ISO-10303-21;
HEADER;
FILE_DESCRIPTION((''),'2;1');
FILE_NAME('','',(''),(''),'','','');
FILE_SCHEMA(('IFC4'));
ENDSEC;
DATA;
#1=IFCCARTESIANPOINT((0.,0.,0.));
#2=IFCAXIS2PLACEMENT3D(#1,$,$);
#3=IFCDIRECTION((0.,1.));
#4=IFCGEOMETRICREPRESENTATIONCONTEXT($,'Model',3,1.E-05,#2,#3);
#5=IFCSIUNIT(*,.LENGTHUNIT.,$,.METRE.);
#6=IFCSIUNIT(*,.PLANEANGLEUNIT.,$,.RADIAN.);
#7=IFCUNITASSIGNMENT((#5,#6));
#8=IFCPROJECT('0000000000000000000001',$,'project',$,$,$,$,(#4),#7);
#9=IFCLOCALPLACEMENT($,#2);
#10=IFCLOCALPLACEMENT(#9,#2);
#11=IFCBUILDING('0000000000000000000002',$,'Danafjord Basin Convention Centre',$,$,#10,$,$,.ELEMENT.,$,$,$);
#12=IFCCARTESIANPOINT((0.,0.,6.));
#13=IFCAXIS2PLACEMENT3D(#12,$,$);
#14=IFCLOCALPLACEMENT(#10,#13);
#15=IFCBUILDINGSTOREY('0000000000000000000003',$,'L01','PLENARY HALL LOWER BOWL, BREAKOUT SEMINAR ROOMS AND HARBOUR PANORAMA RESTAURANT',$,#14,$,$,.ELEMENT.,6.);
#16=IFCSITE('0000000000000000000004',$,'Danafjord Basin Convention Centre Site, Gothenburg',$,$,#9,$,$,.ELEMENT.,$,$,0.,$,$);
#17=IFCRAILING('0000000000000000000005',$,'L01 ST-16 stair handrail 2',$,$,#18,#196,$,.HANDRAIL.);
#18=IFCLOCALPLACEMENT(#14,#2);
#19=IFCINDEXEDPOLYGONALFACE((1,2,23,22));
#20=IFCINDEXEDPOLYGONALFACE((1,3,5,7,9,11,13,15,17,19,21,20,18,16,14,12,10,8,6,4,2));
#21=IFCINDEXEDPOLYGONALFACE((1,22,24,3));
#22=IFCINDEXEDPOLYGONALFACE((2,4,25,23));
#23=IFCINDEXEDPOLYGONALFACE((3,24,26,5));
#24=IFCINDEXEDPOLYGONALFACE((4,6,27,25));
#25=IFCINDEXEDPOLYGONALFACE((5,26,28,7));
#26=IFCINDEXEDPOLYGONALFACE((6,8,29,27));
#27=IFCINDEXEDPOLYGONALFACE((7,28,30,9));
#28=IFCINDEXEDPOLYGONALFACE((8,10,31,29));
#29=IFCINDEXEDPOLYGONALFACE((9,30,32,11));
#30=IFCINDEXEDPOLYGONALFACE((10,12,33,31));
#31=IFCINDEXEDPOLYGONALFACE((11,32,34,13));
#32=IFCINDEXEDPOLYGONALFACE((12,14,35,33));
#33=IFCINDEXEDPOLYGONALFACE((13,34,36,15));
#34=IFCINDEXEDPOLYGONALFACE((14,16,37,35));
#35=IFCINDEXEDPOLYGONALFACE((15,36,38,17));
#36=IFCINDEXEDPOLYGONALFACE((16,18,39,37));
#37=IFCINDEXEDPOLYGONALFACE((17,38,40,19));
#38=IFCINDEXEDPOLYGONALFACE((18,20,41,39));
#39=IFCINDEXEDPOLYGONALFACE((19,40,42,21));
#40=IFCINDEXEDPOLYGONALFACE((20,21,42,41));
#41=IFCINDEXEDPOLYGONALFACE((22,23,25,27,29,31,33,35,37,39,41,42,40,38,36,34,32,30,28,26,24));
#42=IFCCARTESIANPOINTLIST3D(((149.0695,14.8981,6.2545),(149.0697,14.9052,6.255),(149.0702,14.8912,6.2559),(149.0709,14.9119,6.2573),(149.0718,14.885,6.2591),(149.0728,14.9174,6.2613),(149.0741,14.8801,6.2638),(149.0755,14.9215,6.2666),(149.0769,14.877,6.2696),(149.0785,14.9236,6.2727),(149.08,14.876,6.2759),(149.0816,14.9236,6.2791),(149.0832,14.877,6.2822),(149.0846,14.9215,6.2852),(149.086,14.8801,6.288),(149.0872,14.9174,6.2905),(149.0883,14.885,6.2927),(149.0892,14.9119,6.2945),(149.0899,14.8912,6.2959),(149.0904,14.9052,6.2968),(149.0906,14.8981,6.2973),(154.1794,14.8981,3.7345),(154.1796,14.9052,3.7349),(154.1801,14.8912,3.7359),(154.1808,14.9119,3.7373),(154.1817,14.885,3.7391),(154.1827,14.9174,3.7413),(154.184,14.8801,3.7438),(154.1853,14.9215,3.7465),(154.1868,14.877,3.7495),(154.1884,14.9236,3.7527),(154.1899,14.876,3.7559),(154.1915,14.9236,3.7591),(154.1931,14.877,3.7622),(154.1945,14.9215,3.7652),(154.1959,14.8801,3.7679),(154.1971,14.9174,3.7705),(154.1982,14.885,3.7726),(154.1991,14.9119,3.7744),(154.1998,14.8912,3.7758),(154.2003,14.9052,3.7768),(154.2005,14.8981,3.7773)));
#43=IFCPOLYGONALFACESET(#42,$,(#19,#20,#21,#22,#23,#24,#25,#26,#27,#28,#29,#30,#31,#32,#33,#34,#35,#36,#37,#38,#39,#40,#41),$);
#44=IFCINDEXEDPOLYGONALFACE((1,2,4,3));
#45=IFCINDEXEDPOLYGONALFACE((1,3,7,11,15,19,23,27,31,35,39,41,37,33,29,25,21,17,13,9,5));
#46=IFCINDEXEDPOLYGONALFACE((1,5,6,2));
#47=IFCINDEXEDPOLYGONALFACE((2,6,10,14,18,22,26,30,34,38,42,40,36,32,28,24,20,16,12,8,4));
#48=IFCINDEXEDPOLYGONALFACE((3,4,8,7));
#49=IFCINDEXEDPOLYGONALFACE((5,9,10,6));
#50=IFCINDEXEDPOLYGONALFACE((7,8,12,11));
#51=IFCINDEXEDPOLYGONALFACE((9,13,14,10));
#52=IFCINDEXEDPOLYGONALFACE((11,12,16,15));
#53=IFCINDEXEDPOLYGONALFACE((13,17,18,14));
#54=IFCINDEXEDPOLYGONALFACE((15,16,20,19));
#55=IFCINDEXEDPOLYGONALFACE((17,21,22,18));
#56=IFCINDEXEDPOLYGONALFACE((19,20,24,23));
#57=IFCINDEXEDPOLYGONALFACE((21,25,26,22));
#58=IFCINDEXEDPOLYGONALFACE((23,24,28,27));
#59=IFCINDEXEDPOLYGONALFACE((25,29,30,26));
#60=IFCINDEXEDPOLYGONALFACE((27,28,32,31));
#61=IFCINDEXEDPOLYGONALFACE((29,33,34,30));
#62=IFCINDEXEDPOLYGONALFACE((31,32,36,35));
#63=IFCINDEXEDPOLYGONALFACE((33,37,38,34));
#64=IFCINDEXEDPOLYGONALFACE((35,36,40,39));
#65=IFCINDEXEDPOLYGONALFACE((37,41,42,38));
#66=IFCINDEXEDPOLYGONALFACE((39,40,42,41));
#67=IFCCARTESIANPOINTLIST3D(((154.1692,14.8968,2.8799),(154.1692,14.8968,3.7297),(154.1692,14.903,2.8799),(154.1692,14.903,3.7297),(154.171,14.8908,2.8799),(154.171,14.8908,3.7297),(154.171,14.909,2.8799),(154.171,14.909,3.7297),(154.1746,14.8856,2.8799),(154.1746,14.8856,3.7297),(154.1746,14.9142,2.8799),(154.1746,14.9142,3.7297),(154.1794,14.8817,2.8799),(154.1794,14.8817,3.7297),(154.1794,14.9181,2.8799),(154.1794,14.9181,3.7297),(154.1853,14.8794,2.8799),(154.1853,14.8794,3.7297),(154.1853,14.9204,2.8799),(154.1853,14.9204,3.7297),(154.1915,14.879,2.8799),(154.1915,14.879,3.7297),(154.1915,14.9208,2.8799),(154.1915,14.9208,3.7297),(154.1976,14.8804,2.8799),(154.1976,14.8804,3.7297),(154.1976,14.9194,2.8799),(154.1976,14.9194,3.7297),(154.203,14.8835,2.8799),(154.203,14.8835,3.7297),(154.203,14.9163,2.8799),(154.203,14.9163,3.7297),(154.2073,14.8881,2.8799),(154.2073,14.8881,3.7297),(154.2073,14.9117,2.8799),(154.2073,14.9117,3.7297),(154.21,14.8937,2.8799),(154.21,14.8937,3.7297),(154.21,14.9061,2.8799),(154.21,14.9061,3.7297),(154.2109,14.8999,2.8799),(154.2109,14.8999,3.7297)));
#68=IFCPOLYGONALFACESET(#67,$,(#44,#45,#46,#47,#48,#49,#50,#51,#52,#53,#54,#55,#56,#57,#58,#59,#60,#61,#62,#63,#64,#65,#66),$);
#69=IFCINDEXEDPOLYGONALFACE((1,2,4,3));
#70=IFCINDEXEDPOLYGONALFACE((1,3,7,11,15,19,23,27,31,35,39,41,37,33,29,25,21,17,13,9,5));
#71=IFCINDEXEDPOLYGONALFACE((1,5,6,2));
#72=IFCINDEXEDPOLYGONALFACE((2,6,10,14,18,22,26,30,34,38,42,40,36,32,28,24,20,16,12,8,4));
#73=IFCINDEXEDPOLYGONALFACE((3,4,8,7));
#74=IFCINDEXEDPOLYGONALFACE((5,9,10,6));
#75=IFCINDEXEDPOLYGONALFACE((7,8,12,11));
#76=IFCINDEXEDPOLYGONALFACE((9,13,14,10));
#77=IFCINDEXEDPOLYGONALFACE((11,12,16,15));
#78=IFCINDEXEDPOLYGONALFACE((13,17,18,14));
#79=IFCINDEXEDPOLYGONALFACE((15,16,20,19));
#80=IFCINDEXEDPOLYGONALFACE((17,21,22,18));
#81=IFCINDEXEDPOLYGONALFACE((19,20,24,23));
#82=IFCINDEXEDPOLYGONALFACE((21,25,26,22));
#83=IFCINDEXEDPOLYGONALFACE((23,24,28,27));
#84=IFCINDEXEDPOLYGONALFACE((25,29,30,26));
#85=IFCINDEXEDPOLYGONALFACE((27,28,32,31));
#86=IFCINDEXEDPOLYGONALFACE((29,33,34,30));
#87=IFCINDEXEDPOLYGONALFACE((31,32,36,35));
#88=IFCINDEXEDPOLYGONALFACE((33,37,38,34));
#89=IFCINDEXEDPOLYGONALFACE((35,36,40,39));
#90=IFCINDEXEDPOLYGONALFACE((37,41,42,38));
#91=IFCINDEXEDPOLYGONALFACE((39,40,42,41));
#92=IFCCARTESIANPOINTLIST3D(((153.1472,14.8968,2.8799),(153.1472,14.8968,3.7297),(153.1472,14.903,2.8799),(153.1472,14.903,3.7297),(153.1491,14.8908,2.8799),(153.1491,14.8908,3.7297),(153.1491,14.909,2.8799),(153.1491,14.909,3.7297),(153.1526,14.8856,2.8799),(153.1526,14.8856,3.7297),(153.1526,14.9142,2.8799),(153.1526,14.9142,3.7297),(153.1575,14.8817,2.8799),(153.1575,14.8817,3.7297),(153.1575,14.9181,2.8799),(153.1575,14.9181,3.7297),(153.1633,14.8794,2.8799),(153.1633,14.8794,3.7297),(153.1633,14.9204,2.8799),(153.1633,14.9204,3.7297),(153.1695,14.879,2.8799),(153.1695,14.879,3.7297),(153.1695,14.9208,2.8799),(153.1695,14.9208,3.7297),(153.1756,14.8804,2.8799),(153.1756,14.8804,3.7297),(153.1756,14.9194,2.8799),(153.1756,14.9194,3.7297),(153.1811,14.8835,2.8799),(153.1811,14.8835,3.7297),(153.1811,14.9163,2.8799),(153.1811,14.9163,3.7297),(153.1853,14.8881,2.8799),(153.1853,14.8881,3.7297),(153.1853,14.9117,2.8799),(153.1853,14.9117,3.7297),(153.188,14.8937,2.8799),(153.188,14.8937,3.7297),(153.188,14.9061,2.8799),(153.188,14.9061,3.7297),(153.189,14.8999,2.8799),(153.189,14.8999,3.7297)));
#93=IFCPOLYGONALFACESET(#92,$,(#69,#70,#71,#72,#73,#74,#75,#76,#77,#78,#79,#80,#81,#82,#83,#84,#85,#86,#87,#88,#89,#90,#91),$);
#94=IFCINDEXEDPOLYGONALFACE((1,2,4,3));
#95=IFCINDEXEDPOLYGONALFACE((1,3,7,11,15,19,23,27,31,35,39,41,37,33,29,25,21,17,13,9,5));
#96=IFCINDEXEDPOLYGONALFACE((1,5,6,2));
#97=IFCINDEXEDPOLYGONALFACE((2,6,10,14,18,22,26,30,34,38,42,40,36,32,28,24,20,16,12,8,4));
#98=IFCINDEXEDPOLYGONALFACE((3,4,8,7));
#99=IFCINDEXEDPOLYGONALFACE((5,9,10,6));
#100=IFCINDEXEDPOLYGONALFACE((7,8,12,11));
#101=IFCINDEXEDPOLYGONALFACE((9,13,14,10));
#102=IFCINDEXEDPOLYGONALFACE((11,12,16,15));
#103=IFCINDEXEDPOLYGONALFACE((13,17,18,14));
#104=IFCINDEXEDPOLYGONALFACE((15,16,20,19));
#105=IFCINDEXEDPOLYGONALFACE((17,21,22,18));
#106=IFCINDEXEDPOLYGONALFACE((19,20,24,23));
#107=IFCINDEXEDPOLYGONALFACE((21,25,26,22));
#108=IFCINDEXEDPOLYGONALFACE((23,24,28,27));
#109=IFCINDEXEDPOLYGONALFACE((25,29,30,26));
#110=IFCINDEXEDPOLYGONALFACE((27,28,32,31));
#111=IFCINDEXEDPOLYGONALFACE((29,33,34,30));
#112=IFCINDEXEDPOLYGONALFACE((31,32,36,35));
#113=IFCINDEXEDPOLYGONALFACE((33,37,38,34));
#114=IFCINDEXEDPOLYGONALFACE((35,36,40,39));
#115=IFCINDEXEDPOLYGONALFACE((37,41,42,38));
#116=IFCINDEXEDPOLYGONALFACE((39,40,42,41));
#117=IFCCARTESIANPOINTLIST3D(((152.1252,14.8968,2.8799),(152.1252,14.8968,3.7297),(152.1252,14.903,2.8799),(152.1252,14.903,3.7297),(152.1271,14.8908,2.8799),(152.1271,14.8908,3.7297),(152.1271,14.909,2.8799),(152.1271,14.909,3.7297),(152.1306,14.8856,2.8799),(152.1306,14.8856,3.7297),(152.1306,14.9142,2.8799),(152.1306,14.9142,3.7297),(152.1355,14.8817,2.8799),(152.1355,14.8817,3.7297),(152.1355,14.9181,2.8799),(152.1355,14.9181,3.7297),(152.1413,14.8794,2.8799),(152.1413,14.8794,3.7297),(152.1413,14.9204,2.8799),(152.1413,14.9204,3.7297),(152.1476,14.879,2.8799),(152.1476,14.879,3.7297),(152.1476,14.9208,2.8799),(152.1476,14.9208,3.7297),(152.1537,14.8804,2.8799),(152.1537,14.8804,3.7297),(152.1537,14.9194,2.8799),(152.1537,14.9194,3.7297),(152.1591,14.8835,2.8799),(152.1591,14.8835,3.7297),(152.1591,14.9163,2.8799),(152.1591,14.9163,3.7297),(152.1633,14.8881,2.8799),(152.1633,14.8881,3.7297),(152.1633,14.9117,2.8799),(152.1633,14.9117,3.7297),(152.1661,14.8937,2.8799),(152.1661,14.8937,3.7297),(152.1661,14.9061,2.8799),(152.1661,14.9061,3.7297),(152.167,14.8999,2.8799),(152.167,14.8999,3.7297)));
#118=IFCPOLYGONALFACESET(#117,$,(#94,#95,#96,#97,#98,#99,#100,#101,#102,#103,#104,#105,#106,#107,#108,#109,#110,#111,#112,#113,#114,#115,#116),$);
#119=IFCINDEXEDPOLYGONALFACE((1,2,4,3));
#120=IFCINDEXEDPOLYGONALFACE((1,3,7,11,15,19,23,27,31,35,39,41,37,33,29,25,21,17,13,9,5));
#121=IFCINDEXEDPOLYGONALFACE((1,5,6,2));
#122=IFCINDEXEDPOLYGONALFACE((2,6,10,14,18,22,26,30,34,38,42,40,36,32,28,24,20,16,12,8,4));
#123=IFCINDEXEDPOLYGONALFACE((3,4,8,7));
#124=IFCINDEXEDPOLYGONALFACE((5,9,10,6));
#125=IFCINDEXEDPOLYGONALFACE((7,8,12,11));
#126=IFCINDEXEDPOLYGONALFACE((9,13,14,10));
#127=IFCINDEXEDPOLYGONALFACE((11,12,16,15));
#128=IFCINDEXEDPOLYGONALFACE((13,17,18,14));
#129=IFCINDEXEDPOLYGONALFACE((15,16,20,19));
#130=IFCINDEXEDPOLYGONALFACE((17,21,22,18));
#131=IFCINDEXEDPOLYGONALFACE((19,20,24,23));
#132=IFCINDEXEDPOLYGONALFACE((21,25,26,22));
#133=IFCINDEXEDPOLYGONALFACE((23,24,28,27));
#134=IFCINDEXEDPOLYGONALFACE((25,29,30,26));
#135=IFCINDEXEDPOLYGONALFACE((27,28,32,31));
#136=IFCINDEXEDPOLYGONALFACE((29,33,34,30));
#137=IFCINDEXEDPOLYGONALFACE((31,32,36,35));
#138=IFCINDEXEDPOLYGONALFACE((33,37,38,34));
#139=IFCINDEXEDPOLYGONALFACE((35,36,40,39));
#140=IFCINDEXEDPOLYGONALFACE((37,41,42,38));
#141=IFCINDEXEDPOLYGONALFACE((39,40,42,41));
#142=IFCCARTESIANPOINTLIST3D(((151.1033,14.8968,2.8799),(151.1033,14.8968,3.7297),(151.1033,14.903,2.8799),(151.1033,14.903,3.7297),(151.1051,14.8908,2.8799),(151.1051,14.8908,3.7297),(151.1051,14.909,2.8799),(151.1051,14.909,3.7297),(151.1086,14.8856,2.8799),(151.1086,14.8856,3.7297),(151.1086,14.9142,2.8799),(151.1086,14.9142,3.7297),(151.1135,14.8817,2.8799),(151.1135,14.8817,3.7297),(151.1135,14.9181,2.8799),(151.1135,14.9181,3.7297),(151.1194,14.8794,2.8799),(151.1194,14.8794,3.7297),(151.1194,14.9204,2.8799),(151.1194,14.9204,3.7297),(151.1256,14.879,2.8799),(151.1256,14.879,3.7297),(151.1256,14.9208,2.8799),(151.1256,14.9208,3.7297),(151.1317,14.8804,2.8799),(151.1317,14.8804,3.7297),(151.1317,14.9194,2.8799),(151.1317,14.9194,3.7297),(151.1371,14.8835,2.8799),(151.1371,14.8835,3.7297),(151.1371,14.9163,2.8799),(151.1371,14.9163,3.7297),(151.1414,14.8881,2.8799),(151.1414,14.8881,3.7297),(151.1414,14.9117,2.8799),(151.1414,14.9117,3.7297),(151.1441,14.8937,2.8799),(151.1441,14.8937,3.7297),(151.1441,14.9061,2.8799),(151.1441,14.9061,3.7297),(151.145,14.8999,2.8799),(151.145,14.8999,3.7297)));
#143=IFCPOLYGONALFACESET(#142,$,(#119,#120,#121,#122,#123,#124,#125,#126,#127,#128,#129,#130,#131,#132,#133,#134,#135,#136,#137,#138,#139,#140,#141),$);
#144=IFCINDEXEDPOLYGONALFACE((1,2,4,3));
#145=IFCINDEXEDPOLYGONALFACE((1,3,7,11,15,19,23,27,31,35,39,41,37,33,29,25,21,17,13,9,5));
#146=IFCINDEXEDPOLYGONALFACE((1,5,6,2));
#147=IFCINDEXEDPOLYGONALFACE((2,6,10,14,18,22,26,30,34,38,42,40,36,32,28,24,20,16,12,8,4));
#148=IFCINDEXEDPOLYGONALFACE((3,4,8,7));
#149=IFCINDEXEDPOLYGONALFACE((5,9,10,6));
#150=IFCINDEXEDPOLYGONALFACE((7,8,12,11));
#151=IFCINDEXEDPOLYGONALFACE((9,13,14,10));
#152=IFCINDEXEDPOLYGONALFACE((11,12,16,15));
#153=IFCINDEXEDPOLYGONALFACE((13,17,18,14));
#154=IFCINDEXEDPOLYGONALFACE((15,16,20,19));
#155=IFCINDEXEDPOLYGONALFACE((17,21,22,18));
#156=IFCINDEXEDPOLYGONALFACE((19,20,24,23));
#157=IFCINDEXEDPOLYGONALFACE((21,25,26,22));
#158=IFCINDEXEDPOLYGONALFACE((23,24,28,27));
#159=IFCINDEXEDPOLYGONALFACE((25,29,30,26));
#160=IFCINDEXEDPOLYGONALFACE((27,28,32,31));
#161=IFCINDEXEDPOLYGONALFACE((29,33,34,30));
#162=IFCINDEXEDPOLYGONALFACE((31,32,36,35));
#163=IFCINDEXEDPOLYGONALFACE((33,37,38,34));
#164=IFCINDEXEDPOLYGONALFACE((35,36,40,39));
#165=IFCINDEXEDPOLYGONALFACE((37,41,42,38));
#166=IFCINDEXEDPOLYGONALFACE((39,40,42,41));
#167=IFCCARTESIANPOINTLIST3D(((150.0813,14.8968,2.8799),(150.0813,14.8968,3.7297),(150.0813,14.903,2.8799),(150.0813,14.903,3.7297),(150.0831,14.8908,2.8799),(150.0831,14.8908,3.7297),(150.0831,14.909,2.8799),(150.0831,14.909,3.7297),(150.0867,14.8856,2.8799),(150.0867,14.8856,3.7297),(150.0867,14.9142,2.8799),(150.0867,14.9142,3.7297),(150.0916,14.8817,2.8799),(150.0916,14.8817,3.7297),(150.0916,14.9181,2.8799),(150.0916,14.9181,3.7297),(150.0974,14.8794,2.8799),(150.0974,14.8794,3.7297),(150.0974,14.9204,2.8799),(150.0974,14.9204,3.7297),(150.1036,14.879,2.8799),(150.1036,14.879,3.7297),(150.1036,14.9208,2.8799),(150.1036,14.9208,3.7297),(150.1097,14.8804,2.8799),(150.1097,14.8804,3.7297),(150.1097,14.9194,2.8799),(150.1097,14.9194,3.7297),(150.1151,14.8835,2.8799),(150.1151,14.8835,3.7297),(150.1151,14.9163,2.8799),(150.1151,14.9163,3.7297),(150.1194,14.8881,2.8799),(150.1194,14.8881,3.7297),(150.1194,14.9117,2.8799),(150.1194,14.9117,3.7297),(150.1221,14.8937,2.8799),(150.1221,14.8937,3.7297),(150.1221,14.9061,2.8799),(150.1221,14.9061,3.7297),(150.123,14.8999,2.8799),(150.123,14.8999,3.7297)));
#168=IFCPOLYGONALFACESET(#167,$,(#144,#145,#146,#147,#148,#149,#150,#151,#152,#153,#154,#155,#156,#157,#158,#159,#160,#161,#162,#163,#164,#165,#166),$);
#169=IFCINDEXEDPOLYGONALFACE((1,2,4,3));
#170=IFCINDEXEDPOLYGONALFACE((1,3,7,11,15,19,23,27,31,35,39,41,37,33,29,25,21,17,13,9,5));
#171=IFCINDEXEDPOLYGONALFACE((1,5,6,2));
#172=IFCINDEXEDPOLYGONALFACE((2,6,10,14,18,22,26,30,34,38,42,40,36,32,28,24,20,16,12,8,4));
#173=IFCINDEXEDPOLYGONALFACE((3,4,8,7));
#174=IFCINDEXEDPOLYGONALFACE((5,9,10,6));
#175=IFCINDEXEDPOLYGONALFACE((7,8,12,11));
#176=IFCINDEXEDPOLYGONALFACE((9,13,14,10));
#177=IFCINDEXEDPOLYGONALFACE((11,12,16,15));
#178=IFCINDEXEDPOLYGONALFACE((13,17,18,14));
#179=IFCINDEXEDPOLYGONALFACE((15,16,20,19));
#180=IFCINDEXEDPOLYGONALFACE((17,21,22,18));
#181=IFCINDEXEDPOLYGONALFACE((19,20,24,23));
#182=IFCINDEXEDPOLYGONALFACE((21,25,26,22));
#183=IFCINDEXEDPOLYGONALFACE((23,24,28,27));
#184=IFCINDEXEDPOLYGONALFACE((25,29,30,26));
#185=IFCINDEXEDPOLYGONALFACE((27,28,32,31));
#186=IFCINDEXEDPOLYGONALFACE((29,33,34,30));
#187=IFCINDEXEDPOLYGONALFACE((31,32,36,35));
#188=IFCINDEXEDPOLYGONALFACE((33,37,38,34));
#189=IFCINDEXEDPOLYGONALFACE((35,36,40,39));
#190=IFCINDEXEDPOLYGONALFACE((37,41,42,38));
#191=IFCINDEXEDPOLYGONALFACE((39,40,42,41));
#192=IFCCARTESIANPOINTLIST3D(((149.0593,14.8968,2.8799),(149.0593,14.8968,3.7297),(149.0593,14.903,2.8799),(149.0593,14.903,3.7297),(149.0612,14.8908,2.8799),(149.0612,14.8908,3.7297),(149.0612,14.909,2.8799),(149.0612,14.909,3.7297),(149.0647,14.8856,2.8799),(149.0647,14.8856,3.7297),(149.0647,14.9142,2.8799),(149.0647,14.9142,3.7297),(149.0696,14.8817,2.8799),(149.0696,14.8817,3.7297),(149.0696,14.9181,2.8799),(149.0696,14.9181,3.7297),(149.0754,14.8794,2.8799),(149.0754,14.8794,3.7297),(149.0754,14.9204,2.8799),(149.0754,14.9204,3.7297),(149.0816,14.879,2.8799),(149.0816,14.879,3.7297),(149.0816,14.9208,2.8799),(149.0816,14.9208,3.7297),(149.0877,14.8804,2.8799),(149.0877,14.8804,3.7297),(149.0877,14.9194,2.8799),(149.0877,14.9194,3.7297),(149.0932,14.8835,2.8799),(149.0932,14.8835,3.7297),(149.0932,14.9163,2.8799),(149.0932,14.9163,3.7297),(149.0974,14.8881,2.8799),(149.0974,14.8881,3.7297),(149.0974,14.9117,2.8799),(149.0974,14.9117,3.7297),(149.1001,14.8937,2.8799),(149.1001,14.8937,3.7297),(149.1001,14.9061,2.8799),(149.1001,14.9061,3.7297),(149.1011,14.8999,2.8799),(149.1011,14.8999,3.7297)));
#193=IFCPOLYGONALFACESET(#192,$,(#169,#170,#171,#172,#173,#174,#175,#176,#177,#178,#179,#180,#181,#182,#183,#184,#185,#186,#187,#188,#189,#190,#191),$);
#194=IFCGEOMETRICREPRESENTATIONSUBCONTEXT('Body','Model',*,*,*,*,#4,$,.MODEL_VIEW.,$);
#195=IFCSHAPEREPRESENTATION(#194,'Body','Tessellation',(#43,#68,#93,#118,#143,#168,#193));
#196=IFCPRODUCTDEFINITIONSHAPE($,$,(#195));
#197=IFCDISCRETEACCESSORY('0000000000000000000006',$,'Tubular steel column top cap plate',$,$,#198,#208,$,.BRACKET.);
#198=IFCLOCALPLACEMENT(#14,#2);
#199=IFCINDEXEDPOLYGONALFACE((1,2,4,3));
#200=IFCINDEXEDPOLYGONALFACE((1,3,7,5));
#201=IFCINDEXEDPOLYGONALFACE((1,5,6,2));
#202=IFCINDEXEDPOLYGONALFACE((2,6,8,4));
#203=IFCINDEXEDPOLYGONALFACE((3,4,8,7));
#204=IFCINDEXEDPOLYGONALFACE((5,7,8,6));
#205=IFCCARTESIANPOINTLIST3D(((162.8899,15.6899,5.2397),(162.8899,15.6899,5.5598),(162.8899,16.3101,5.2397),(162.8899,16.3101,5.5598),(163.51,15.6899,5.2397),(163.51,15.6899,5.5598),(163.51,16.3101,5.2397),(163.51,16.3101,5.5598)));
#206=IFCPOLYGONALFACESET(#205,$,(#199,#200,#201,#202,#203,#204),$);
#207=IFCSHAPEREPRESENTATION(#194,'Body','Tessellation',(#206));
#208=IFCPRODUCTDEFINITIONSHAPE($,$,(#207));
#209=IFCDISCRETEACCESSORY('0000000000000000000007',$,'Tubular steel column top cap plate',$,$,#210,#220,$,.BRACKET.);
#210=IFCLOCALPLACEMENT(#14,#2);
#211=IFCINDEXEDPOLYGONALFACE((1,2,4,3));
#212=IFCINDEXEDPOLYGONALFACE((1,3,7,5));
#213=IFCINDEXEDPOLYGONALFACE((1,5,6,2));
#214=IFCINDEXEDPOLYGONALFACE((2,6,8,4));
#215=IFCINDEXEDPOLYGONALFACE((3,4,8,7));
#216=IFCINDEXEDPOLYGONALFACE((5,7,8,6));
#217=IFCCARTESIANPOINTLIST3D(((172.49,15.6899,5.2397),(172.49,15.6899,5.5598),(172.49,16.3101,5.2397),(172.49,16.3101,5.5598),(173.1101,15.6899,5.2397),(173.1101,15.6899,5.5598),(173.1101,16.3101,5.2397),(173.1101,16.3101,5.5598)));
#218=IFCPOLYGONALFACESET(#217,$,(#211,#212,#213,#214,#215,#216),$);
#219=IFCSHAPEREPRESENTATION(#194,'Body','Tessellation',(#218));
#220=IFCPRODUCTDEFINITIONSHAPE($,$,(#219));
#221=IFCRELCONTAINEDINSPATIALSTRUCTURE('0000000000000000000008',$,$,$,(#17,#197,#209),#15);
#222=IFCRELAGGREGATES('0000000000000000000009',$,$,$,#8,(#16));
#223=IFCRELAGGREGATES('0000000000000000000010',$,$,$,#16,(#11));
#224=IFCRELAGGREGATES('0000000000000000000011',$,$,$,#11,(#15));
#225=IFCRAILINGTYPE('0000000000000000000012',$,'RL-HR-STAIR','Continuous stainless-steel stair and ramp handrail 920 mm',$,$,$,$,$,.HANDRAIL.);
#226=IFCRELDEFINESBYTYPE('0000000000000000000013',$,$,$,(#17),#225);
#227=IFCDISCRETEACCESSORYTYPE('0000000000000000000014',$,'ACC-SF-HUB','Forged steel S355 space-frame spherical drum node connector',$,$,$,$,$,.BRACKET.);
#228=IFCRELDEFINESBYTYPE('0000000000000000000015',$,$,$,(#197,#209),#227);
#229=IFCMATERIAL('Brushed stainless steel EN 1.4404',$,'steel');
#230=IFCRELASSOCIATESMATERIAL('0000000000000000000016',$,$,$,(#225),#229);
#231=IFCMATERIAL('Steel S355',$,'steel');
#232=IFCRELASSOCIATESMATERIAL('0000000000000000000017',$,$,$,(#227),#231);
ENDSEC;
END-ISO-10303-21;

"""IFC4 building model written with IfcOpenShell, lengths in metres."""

from ifc_helpers import new_model, si_unit, direction, frame, origin, origin_2d, place, context, subcontext, project, spatial, rectangle, circle, extrude, material, type_object, element, save


model = new_model("IFC4")

# Units and contexts
model_context = context("Model", 3, precision=1e-05, world=origin(), true_north=direction((0.0, 1.0)))
body_context = subcontext(model_context, "Body", "Model", "MODEL_VIEW")
ifc_project = project(units=[si_unit("LENGTHUNIT", "METRE"), si_unit("PLANEANGLEUNIT", "RADIAN")], contexts=[model_context])

# Site, building, storey
site_placement = place(None, origin())
site = spatial("IfcSite", under=ifc_project, at=site_placement, Name="Danafjord Basin Convention Centre Site, Gothenburg", CompositionType="ELEMENT", RefElevation=0.0)
building_placement = place(site_placement, origin())
building = spatial("IfcBuilding", under=site, at=building_placement, Name="Danafjord Basin Convention Centre", CompositionType="ELEMENT")
storey_placement = place(building_placement, frame((0.0, 0.0, 6.0)))
storey = spatial("IfcBuildingStorey", under=building, at=storey_placement, Name="L01", Description="PLENARY HALL LOWER BOWL, BREAKOUT SEMINAR ROOMS AND HARBOUR PANORAMA RESTAURANT", CompositionType="ELEMENT", Elevation=6.0)

# Shared definitions
ifc_material_1 = material(Name="Steel S355", Category="steel")

# Railing
ifc_material_2 = material(Name="Brushed stainless steel EN 1.4404", Category="steel")
railing_type_1 = type_object("IfcRailingType", Name="RL-HR-STAIR", Description="Continuous stainless-steel stair and ramp handrail 920 mm", PredefinedType="HANDRAIL", material=ifc_material_2)
railing_1_placement = place(storey_placement, frame((154.1899, 14.8999, 2.8799)))
element("IfcRailing", 1, at=railing_1_placement, inside=storey, type_object=railing_type_1, Name="L01 ST-16 stair handrail 2", PredefinedType="HANDRAIL", context=body_context, shape_type="SweptSolid", body=[
    extrude(circle(Radius=0.0239, at=origin_2d()), frame((0.0, 0.0, 0.876), z_axis=(-0.896865, 0.0, 0.442305), x_axis=(0.0, -1.0, 0.0)), (0.0, 0.0, 1.0), 5.6975),
    extrude(circle(Radius=0.021, at=origin_2d()), origin(), (0.0, 0.0, 1.0), 0.8499),
    extrude(circle(Radius=0.021, at=origin_2d()), frame((-1.022, 0.0, 0.0)), (0.0, 0.0, 1.0), 0.8499),
    extrude(circle(Radius=0.021, at=origin_2d()), frame((-2.0439, 0.0, 0.0)), (0.0, 0.0, 1.0), 0.8499),
    extrude(circle(Radius=0.021, at=origin_2d()), frame((-3.0659, 0.0, 0.0)), (0.0, 0.0, 1.0), 0.8499),
    extrude(circle(Radius=0.021, at=origin_2d()), frame((-4.0879, 0.0, 0.0)), (0.0, 0.0, 1.0), 0.8499),
    extrude(circle(Radius=0.021, at=origin_2d()), frame((-5.1099, 0.0, 0.0)), (0.0, 0.0, 1.0), 0.8499),
])

# Discrete accessories
discrete_accessory_type = type_object("IfcDiscreteAccessoryType", Name="ACC-SF-HUB", Description="Forged steel S355 space-frame spherical drum node connector", PredefinedType="BRACKET", material=ifc_material_1)
for number, where, z_axis, x_axis, name in (
    (2, (163.2, 16.0, 5.2397), (0.0, 0.0, 1.0), (1.0, 0.0, 0.0), "Tubular steel column top cap plate"),
    (3, (172.8, 16.0, 5.2397), (0.0, 0.0, 1.0), (1.0, 0.0, 0.0), "Tubular steel column top cap plate"),
):
    element("IfcDiscreteAccessory", number, at=place(storey_placement, frame(where, z_axis=z_axis, x_axis=x_axis)), inside=storey, type_object=discrete_accessory_type, Name=name, PredefinedType="BRACKET", context=body_context, shape_type="SweptSolid", body=[
        extrude(rectangle(XDim=0.6201, YDim=0.6201, at=origin_2d()), origin(), (0.0, 0.0, 1.0), 0.3201),
    ])

save(model, "model.ifc")
